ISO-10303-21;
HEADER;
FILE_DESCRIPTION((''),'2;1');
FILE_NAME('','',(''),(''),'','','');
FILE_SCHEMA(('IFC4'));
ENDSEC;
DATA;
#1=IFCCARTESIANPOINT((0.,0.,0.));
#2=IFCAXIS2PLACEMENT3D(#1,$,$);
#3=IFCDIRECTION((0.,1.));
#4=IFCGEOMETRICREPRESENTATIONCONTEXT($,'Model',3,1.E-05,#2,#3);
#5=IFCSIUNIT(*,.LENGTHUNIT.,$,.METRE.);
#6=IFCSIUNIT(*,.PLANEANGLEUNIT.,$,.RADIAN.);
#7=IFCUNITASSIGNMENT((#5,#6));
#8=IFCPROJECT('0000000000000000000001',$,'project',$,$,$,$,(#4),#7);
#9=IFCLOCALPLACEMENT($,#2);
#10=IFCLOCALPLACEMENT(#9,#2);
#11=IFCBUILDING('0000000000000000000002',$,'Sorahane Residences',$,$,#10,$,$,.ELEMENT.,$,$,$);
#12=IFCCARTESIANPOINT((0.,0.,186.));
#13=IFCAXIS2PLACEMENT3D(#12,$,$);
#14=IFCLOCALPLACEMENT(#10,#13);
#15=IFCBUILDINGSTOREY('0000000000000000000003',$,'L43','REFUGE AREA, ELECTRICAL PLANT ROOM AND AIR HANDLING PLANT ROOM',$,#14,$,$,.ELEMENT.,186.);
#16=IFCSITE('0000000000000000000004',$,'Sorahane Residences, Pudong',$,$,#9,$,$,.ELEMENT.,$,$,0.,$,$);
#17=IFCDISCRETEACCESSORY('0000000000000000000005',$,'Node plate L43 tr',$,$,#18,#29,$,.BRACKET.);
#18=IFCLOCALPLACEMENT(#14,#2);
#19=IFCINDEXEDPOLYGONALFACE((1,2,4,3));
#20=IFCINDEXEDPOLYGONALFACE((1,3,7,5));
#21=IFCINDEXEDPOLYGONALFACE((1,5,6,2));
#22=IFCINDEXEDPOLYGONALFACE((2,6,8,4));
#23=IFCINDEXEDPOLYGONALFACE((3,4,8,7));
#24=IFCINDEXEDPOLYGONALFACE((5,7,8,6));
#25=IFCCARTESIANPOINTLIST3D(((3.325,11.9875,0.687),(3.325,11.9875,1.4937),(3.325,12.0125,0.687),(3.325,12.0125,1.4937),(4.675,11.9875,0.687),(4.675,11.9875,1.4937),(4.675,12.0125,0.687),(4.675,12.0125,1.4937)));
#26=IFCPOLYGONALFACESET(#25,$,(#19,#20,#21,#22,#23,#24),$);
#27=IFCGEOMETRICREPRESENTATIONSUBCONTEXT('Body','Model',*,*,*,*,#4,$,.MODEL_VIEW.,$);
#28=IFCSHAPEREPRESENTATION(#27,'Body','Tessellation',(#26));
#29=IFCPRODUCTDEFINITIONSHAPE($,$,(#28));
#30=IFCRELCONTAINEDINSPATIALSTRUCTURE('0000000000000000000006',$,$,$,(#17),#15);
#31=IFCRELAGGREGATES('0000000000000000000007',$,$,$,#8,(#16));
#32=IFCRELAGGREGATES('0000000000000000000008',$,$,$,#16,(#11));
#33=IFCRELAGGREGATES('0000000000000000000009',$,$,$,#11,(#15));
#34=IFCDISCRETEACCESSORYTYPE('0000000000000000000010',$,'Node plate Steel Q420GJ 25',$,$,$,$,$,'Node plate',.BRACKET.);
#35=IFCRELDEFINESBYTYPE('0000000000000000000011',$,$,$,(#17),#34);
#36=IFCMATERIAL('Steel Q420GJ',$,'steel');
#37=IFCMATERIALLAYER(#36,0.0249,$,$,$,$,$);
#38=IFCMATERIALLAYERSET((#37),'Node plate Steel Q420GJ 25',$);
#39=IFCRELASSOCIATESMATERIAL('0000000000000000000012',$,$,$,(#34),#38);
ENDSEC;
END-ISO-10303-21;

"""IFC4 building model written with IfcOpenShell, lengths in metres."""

from ifc_helpers import new_model, si_unit, direction, frame, origin, origin_2d, place, context, subcontext, project, spatial, rectangle, extrude, material, layer, layer_set, type_object, element, save


model = new_model("IFC4")

# Units and contexts
model_context = context("Model", 3, precision=1e-05, world=origin(), true_north=direction((0.0, 1.0)))
body_context = subcontext(model_context, "Body", "Model", "MODEL_VIEW")
ifc_project = project(units=[si_unit("LENGTHUNIT", "METRE"), si_unit("PLANEANGLEUNIT", "RADIAN")], contexts=[model_context])

# Site, building, storey
site_placement = place(None, origin())
site = spatial("IfcSite", under=ifc_project, at=site_placement, Name="Sorahane Residences, Pudong", CompositionType="ELEMENT", RefElevation=0.0)
building_placement = place(site_placement, origin())
building = spatial("IfcBuilding", under=site, at=building_placement, Name="Sorahane Residences", CompositionType="ELEMENT")
storey_placement = place(building_placement, frame((0.0, 0.0, 186.0)))
storey = spatial("IfcBuildingStorey", under=building, at=storey_placement, Name="L43", Description="REFUGE AREA, ELECTRICAL PLANT ROOM AND AIR HANDLING PLANT ROOM", CompositionType="ELEMENT", Elevation=186.0)

# Discrete accessory
ifc_material_1 = material(Name="Steel Q420GJ", Category="steel")
ifc_layer_1 = layer(ifc_material_1, 0.0249)
ifc_layer_set_1 = layer_set([ifc_layer_1], Name="Node plate Steel Q420GJ 25")
discrete_accessory_type_1 = type_object("IfcDiscreteAccessoryType", Name="Node plate Steel Q420GJ 25", ElementType="Node plate", PredefinedType="BRACKET", material=ifc_layer_set_1)
discrete_accessory_1_placement = place(storey_placement, frame((4.0, 12.0, 0.687), z_axis=(0.0, 0.0, 1.0), x_axis=(1.0, 0.0, 0.0)))
element("IfcDiscreteAccessory", 1, at=discrete_accessory_1_placement, inside=storey, type_object=discrete_accessory_type_1, Name="Node plate L43 tr", PredefinedType="BRACKET", context=body_context, shape_type="SweptSolid", body=[
    extrude(rectangle(XDim=1.3501, YDim=0.0249, at=origin_2d()), origin(), (0.0, 0.0, 1.0), 0.8066),
])

save(model, "model.ifc")
